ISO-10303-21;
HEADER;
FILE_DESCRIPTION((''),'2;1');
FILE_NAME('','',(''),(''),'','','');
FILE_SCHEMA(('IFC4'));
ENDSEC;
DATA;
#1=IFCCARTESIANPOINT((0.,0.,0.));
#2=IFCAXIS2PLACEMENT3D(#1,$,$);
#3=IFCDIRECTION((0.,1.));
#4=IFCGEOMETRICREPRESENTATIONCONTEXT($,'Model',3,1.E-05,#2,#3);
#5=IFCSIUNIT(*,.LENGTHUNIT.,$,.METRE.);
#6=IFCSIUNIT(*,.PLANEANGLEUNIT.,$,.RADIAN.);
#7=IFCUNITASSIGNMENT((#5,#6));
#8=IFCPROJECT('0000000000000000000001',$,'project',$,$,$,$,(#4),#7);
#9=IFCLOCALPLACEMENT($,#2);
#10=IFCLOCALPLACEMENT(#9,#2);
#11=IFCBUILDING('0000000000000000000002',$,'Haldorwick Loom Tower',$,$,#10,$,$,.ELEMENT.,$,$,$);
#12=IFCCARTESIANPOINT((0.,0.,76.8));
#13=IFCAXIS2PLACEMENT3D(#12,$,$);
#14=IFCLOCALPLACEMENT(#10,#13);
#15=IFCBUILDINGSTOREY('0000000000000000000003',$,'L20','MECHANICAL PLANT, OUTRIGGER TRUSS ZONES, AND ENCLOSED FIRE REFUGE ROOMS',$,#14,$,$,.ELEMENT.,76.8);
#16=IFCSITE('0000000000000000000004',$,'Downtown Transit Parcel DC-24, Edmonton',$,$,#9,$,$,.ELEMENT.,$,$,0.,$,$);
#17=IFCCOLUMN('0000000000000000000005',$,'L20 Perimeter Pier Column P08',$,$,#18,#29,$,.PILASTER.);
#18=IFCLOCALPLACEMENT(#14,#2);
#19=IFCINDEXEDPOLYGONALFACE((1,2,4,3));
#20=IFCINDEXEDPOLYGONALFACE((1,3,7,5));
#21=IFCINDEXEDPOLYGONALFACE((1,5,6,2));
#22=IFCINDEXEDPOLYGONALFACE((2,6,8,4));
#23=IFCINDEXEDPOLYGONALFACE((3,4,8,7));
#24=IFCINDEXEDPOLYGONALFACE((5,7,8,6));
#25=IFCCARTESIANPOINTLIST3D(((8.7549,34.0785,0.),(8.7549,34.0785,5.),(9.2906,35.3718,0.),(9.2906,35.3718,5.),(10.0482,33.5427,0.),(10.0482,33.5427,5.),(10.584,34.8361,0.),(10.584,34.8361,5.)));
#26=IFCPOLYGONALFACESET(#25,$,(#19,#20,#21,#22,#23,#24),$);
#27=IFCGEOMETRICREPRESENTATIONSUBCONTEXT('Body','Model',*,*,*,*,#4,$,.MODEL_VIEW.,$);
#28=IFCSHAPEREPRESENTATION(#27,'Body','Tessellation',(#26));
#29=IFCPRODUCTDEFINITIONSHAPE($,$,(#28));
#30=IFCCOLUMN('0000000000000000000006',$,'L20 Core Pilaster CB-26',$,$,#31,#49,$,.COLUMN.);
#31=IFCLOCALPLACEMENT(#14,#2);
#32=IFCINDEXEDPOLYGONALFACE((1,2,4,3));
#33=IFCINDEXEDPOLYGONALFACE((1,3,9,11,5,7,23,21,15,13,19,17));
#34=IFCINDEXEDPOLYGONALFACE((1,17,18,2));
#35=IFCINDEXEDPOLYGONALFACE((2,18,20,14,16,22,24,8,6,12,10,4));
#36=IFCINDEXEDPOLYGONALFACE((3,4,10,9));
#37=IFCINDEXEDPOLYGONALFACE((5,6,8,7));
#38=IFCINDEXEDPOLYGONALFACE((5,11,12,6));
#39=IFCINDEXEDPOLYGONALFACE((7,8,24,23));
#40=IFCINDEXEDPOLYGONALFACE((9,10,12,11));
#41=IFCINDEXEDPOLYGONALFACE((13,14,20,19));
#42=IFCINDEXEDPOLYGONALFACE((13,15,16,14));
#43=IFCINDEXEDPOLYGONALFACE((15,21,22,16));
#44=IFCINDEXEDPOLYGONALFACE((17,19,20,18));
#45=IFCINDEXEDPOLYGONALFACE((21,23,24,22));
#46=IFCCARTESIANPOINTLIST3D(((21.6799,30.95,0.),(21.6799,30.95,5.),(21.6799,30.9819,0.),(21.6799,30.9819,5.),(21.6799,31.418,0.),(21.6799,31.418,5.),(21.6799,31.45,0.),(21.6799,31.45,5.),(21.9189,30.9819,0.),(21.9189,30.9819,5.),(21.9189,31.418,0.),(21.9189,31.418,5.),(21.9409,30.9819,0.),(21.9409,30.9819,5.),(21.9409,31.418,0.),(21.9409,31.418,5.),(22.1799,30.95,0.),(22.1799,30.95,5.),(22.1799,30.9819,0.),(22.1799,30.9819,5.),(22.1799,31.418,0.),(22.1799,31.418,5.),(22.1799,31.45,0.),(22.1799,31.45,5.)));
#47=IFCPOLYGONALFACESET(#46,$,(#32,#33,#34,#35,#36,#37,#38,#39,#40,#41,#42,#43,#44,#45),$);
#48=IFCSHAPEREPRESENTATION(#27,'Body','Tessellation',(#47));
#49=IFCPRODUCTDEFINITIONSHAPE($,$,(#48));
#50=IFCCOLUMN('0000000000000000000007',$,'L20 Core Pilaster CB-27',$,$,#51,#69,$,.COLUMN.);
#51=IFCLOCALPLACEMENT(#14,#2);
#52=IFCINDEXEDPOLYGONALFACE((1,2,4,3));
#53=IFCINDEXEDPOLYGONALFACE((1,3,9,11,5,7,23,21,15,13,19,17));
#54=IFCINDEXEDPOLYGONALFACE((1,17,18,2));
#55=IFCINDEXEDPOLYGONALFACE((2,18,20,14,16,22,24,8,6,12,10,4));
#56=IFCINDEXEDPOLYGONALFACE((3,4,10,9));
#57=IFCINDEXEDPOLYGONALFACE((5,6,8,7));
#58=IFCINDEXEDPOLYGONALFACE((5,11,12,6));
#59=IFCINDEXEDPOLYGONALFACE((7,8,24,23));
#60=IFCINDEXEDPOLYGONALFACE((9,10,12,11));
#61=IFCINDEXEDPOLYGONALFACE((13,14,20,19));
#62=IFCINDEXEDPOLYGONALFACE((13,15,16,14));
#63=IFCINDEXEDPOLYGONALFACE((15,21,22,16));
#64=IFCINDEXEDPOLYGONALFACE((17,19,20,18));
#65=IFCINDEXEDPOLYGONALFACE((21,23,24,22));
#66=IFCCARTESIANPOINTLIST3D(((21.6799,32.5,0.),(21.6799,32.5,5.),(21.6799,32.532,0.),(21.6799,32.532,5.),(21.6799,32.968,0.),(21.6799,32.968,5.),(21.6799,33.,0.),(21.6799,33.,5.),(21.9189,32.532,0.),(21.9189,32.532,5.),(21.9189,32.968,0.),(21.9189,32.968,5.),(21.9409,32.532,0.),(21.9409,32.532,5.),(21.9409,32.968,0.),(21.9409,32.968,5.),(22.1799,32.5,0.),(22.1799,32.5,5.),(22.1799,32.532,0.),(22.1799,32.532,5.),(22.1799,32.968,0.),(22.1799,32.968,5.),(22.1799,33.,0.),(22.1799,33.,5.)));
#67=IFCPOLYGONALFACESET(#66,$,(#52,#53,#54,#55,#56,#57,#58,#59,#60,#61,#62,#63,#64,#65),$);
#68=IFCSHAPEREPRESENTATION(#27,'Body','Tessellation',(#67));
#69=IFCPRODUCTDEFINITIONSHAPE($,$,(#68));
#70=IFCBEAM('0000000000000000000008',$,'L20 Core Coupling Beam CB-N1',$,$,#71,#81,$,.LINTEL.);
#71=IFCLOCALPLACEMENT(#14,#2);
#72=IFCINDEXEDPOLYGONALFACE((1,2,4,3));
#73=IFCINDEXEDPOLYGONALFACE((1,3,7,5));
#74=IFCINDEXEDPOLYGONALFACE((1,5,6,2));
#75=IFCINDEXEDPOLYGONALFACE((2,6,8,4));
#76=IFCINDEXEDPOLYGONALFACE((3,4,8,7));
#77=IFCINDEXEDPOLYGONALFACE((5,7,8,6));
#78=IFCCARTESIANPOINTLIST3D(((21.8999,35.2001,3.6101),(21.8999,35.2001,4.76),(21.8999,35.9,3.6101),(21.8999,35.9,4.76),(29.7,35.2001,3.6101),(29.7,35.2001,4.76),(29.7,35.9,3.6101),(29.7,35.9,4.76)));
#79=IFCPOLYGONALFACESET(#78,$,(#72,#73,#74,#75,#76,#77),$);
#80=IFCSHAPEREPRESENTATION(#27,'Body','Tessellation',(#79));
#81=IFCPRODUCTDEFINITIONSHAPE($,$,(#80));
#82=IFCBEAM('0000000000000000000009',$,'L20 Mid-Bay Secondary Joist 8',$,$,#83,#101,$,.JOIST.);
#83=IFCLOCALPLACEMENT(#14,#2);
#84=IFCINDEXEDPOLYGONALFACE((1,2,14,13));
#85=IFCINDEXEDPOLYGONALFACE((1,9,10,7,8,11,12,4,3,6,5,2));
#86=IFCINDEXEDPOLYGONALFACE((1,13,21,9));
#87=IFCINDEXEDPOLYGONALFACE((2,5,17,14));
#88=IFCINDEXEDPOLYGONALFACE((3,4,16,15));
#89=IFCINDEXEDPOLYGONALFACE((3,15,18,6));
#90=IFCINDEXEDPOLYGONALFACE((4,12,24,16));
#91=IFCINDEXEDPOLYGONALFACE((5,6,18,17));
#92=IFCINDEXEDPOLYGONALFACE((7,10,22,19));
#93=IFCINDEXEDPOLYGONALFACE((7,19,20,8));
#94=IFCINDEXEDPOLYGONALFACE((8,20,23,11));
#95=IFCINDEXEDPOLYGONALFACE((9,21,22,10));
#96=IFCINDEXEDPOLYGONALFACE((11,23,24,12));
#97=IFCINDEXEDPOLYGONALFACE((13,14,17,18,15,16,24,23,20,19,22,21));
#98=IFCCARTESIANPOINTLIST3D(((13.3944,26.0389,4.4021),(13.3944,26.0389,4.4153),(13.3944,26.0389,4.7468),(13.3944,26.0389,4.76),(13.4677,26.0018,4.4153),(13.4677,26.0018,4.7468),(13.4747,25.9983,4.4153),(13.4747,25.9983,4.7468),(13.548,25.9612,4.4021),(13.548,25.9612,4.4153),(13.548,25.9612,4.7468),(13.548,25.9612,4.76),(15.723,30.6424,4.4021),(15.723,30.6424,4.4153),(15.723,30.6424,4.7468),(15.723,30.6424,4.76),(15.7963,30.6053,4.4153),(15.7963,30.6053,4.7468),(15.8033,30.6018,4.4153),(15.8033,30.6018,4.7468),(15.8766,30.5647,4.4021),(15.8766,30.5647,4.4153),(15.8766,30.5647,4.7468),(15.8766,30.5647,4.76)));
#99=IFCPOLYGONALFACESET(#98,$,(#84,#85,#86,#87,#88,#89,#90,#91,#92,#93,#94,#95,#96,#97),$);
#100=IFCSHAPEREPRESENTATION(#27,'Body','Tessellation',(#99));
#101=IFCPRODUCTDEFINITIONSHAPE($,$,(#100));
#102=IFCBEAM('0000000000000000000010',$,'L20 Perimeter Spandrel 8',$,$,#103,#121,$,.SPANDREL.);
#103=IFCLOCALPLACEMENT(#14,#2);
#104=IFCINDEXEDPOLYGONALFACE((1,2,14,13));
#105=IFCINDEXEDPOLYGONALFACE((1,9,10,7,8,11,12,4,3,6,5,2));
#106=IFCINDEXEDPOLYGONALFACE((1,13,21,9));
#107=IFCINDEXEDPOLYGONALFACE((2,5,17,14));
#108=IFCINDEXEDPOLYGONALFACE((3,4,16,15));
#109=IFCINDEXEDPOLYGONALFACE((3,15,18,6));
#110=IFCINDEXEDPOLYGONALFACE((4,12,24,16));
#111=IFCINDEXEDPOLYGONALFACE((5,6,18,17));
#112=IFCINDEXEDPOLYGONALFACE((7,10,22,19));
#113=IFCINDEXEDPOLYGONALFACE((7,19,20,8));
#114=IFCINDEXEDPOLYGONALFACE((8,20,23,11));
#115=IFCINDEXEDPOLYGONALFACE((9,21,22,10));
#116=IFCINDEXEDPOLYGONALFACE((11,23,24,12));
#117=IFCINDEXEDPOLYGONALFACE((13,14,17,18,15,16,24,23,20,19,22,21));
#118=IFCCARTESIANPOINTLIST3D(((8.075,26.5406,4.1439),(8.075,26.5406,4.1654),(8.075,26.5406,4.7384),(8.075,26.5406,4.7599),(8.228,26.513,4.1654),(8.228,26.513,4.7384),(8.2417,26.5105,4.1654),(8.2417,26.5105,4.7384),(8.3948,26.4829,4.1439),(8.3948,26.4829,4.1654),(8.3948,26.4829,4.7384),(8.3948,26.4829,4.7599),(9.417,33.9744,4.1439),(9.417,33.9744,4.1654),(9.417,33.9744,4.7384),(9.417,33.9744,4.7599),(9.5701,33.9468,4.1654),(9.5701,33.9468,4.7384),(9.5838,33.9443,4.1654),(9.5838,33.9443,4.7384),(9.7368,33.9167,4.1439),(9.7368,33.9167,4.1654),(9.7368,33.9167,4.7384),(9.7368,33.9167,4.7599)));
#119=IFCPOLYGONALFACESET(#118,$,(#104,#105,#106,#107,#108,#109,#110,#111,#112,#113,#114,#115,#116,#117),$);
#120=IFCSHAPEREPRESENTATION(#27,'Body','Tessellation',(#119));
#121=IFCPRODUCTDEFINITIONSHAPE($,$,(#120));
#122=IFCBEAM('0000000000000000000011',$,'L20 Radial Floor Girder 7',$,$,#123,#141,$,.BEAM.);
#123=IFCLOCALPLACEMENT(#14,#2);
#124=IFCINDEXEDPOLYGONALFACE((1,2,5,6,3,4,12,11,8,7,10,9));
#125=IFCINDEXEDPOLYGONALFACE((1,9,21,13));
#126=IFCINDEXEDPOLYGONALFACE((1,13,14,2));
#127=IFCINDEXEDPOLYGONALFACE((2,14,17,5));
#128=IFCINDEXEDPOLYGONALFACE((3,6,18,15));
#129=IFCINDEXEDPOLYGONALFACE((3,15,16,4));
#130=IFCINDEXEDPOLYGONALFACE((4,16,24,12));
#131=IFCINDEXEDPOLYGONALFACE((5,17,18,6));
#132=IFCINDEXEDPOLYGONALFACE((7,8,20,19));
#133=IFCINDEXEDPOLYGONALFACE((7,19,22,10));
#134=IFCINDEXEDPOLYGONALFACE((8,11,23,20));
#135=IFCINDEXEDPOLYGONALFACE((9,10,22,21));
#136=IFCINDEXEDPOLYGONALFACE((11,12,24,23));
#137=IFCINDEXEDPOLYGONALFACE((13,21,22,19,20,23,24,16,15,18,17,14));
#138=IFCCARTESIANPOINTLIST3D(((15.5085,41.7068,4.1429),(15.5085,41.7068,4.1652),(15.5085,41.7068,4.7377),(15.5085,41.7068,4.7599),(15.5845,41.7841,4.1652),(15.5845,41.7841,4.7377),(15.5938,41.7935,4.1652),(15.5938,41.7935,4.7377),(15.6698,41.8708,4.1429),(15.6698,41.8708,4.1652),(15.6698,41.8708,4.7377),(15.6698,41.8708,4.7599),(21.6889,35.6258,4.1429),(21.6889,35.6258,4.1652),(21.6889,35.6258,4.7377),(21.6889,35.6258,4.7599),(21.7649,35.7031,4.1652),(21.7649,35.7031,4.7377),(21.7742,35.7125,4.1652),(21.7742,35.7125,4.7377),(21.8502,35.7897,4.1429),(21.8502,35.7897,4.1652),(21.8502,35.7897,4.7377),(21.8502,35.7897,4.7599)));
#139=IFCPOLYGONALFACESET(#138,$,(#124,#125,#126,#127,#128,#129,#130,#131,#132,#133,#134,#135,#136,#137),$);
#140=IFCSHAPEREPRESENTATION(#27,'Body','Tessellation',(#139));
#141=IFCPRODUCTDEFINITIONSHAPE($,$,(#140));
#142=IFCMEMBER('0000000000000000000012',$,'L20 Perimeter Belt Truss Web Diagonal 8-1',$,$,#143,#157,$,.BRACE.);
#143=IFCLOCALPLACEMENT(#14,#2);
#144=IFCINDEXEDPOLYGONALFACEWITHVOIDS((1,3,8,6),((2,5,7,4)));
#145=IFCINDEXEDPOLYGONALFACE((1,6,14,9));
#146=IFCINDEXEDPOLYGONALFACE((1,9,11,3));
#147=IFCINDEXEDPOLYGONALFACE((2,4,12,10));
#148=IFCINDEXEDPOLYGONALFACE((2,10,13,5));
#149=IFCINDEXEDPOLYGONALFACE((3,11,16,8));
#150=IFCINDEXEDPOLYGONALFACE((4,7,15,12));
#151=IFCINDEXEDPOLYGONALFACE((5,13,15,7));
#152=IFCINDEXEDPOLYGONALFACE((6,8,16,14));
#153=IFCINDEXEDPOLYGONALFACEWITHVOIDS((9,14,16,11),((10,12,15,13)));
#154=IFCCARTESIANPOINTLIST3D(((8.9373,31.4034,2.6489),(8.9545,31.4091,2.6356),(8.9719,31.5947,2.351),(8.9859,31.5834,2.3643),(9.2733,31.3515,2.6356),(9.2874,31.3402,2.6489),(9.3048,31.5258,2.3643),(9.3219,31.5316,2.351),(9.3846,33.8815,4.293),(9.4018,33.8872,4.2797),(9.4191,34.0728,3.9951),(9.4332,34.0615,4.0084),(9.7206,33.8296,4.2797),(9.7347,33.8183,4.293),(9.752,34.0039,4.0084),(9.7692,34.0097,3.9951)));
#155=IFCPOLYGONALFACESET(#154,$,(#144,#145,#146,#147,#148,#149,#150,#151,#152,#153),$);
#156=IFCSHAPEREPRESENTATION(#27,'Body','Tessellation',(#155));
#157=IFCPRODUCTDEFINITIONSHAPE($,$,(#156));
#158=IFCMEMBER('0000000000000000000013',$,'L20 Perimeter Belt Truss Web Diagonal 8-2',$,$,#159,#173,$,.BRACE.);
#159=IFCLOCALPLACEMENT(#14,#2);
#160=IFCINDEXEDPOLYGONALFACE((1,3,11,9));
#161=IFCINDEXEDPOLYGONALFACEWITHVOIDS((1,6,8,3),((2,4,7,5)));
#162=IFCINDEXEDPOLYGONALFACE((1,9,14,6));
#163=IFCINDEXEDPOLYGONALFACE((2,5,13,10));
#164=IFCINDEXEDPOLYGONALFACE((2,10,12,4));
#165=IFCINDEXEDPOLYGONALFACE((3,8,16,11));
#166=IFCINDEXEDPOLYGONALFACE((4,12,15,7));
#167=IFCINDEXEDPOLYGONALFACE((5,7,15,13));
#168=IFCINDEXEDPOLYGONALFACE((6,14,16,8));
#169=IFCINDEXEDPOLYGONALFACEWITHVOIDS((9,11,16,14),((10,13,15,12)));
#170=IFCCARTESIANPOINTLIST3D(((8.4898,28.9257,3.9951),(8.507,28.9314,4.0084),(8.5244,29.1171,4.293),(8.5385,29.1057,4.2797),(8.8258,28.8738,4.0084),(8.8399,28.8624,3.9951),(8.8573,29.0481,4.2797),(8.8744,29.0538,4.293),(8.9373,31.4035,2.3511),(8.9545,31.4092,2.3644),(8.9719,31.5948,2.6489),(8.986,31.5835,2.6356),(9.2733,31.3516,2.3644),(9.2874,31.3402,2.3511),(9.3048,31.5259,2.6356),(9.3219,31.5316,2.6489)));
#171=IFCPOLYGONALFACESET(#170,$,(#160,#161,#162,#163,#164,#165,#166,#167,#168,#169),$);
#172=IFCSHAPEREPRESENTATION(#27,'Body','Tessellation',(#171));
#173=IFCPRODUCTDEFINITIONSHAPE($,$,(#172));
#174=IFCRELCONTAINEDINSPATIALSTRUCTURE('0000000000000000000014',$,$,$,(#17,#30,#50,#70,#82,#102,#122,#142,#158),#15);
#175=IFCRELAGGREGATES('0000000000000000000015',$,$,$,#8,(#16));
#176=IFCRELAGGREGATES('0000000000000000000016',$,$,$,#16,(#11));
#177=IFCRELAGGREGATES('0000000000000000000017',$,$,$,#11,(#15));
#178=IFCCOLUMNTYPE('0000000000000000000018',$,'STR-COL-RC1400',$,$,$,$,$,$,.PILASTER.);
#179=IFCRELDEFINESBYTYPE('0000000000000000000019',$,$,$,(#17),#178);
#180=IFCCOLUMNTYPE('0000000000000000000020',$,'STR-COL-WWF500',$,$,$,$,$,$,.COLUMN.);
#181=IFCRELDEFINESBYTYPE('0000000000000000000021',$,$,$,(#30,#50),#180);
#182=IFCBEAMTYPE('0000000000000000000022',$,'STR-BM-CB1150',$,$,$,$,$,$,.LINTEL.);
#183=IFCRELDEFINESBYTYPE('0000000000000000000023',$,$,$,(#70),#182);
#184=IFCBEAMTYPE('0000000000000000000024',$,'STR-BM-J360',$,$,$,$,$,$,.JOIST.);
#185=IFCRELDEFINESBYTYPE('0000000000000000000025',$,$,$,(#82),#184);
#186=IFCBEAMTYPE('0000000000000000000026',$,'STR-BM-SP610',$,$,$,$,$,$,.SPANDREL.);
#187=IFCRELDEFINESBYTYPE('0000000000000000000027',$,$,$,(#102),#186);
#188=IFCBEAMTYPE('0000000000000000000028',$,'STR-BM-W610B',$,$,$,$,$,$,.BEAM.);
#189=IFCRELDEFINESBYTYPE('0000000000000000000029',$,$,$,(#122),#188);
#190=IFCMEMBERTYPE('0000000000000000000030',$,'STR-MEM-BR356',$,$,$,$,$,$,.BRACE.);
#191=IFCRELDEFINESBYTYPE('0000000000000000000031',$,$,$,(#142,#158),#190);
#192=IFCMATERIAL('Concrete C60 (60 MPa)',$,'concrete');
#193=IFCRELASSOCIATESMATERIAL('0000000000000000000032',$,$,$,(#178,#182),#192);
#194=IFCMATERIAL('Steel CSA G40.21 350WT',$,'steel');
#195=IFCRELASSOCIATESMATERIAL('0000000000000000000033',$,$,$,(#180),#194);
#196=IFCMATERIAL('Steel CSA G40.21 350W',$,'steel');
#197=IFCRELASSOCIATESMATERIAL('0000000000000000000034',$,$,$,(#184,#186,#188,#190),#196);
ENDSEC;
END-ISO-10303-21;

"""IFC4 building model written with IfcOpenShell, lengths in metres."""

from ifc_helpers import new_model, si_unit, direction, frame, origin, origin_2d, place, context, subcontext, project, spatial, rectangle, hollow_rectangle, i_section, extrude, material, material_profile, profile_set, type_object, element, save


model = new_model("IFC4")

# Units and contexts
model_context = context("Model", 3, precision=1e-05, world=origin(), true_north=direction((0.0, 1.0)))
body_context = subcontext(model_context, "Body", "Model", "MODEL_VIEW")
ifc_project = project(units=[si_unit("LENGTHUNIT", "METRE"), si_unit("PLANEANGLEUNIT", "RADIAN")], contexts=[model_context])

# Site, building, storey
site_placement = place(None, origin())
site = spatial("IfcSite", under=ifc_project, at=site_placement, Name="Downtown Transit Parcel DC-24, Edmonton", CompositionType="ELEMENT", RefElevation=0.0)
building_placement = place(site_placement, origin())
building = spatial("IfcBuilding", under=site, at=building_placement, Name="Haldorwick Loom Tower", CompositionType="ELEMENT")
storey_placement = place(building_placement, frame((0.0, 0.0, 76.8)))
storey = spatial("IfcBuildingStorey", under=building, at=storey_placement, Name="L20", Description="MECHANICAL PLANT, OUTRIGGER TRUSS ZONES, AND ENCLOSED FIRE REFUGE ROOMS", CompositionType="ELEMENT", Elevation=76.8)

# Columns
ifc_material_1 = material(Name="Concrete C60 (60 MPa)", Category="concrete")
ifc_material_profile_1 = material_profile(ifc_material_1, rectangle(XDim=1.3999, YDim=1.3999, at=origin_2d()), Name="RC1400X1400", Category="concrete")
ifc_profile_set_1 = profile_set([ifc_material_profile_1], Name="Concrete C60 (60 MPa)")
column_type_1 = type_object("IfcColumnType", Name="STR-COL-RC1400", PredefinedType="PILASTER", material=ifc_profile_set_1)
column_placement = place(storey_placement, frame((9.6694, 34.4573, 0.0), z_axis=(0.0, 0.0, 1.0), x_axis=(-0.92388, 0.382683, 0.0)))
element("IfcColumn", 1, at=column_placement, inside=storey, type_object=column_type_1, Name="L20 Perimeter Pier Column P08", PredefinedType="PILASTER", context=body_context, shape_type="SweptSolid", body=[
    extrude(rectangle(XDim=1.3999, YDim=1.3999, at=origin_2d()), origin(), (0.0, 0.0, 1.0), 5.0),
])
ifc_material_2 = material(Name="Steel CSA G40.21 350WT", Category="steel")
ifc_material_profile_2 = material_profile(ifc_material_2, i_section(OverallWidth=0.5, OverallDepth=0.5, WebThickness=0.022, FlangeThickness=0.032, at=origin_2d()), Name="WWF500X500", Category="steel")
ifc_profile_set_2 = profile_set([ifc_material_profile_2], Name="Steel CSA G40.21 350WT")
column_type_2 = type_object("IfcColumnType", Name="STR-COL-WWF500", PredefinedType="COLUMN", material=ifc_profile_set_2)
for number, where, z_axis, x_axis, name in (
    (2, (21.9299, 31.2, 0.0), (0.0, 0.0, 1.0), (1.0, 0.0, 0.0), "L20 Core Pilaster CB-26"),
    (3, (21.9299, 32.75, 0.0), (0.0, 0.0, 1.0), (1.0, 0.0, 0.0), "L20 Core Pilaster CB-27"),
):
    element("IfcColumn", number, at=place(storey_placement, frame(where, z_axis=z_axis, x_axis=x_axis)), inside=storey, type_object=column_type_2, Name=name, PredefinedType="COLUMN", context=body_context, shape_type="SweptSolid", body=[
        extrude(i_section(OverallWidth=0.5, OverallDepth=0.5, WebThickness=0.022, FlangeThickness=0.032, at=origin_2d()), origin(), (0.0, 0.0, 1.0), 5.0),
    ])

# Beams
ifc_material_profile_3 = material_profile(ifc_material_1, rectangle(XDim=0.7, YDim=1.1499, at=origin_2d()), Name="RC700X1150", Category="concrete")
ifc_profile_set_3 = profile_set([ifc_material_profile_3], Name="Concrete C60 (60 MPa)")
beam_type_1 = type_object("IfcBeamType", Name="STR-BM-CB1150", PredefinedType="LINTEL", material=ifc_profile_set_3)
beam_1_placement = place(storey_placement, frame((21.8999, 35.55, 4.1851), z_axis=(1.0, 0.0, 0.0), x_axis=(0.0, 1.0, 0.0)))
element("IfcBeam", 4, at=beam_1_placement, inside=storey, type_object=beam_type_1, Name="L20 Core Coupling Beam CB-N1", PredefinedType="LINTEL", context=body_context, shape_type="SweptSolid", body=[
    extrude(rectangle(XDim=0.7, YDim=1.1499, at=origin_2d()), origin(), (0.0, 0.0, 1.0), 7.8),
])
ifc_material_3 = material(Name="Steel CSA G40.21 350W", Category="steel")
ifc_material_profile_4 = material_profile(ifc_material_3, i_section(OverallWidth=0.1721, OverallDepth=0.3579, WebThickness=0.0078, FlangeThickness=0.0132, at=origin_2d()), Name="W360X57", Category="steel")
ifc_profile_set_4 = profile_set([ifc_material_profile_4], Name="Steel CSA G40.21 350W")
beam_type_2 = type_object("IfcBeamType", Name="STR-BM-J360", PredefinedType="JOIST", material=ifc_profile_set_4)
beam_2_placement = place(storey_placement, frame((15.7998, 30.6035, 4.5811), z_axis=(-0.451373, -0.892335, 0.0), x_axis=(0.892335, -0.451373, 0.0)))
element("IfcBeam", 5, at=beam_2_placement, inside=storey, type_object=beam_type_2, Name="L20 Mid-Bay Secondary Joist 8", PredefinedType="JOIST", context=body_context, shape_type="SweptSolid", body=[
    extrude(i_section(OverallWidth=0.1721, OverallDepth=0.3579, WebThickness=0.0078, FlangeThickness=0.0132, at=origin_2d()), origin(), (0.0, 0.0, 1.0), 5.1589),
])
ifc_material_profile_5 = material_profile(ifc_material_3, i_section(OverallWidth=0.325, OverallDepth=0.616, WebThickness=0.0139, FlangeThickness=0.0215, at=origin_2d()), Name="W610X174", Category="steel")
ifc_profile_set_5 = profile_set([ifc_material_profile_5], Name="Steel CSA G40.21 350W")
beam_type_3 = type_object("IfcBeamType", Name="STR-BM-SP610", PredefinedType="SPANDREL", material=ifc_profile_set_5)
beam_3_placement = place(storey_placement, frame((9.5769, 33.9456, 4.4519), z_axis=(-0.177659, -0.984092, 0.0), x_axis=(0.984092, -0.177659, 0.0)))
element("IfcBeam", 6, at=beam_3_placement, inside=storey, type_object=beam_type_3, Name="L20 Perimeter Spandrel 8", PredefinedType="SPANDREL", context=body_context, shape_type="SweptSolid", body=[
    extrude(i_section(OverallWidth=0.325, OverallDepth=0.616, WebThickness=0.0139, FlangeThickness=0.0215, at=origin_2d()), origin(), (0.0, 0.0, 1.0), 7.554),
])
ifc_material_profile_6 = material_profile(ifc_material_3, i_section(OverallWidth=0.23, OverallDepth=0.6169, WebThickness=0.0132, FlangeThickness=0.0222, at=origin_2d()), Name="W610X140", Category="steel")
ifc_profile_set_6 = profile_set([ifc_material_profile_6], Name="Steel CSA G40.21 350W")
beam_type_4 = type_object("IfcBeamType", Name="STR-BM-W610B", PredefinedType="BEAM", material=ifc_profile_set_6)
beam_4_placement = place(storey_placement, frame((21.7695, 35.7078, 4.4514), z_axis=(-0.712814, 0.701353, 0.0), x_axis=(-0.701353, -0.712814, 0.0)))
element("IfcBeam", 7, at=beam_4_placement, inside=storey, type_object=beam_type_4, Name="L20 Radial Floor Girder 7", PredefinedType="BEAM", context=body_context, shape_type="SweptSolid", body=[
    extrude(i_section(OverallWidth=0.23, OverallDepth=0.6169, WebThickness=0.0132, FlangeThickness=0.0222, at=origin_2d()), origin(), (0.0, 0.0, 1.0), 8.6704),
])

# Members
ifc_material_profile_7 = material_profile(ifc_material_3, hollow_rectangle(XDim=0.3557, YDim=0.3557, WallThickness=0.0159, at=origin_2d()), Name="HSS356X356X16", Category="steel")
ifc_profile_set_7 = profile_set([ifc_material_profile_7], Name="Steel CSA G40.21 350W")
member_type_1 = type_object("IfcMemberType", Name="STR-MEM-BR356", PredefinedType="BRACE", material=ifc_profile_set_7)
member_1_placement = place(storey_placement, frame((9.5769, 33.9456, 4.144), z_axis=(-0.148729, -0.824018, -0.546693), x_axis=(0.984099, -0.177623, 0.0)))
element("IfcMember", 8, at=member_1_placement, inside=storey, type_object=member_type_1, Name="L20 Perimeter Belt Truss Web Diagonal 8-1", PredefinedType="BRACE", context=body_context, shape_type="SweptSolid", body=[
    extrude(hollow_rectangle(XDim=0.3557, YDim=0.3557, WallThickness=0.0159, at=origin_2d()), origin(), (0.0, 0.0, 1.0), 3.0073),
])
member_2_placement = place(storey_placement, frame((9.1296, 31.4675, 2.5), z_axis=(-0.148819, -0.823982, 0.546723), x_axis=(0.984079, -0.177733, 0.0)))
element("IfcMember", 9, at=member_2_placement, inside=storey, type_object=member_type_1, Name="L20 Perimeter Belt Truss Web Diagonal 8-2", PredefinedType="BRACE", context=body_context, shape_type="SweptSolid", body=[
    extrude(hollow_rectangle(XDim=0.3557, YDim=0.3557, WallThickness=0.0159, at=origin_2d()), origin(), (0.0, 0.0, 1.0), 3.0071),
])

save(model, "model.ifc")
